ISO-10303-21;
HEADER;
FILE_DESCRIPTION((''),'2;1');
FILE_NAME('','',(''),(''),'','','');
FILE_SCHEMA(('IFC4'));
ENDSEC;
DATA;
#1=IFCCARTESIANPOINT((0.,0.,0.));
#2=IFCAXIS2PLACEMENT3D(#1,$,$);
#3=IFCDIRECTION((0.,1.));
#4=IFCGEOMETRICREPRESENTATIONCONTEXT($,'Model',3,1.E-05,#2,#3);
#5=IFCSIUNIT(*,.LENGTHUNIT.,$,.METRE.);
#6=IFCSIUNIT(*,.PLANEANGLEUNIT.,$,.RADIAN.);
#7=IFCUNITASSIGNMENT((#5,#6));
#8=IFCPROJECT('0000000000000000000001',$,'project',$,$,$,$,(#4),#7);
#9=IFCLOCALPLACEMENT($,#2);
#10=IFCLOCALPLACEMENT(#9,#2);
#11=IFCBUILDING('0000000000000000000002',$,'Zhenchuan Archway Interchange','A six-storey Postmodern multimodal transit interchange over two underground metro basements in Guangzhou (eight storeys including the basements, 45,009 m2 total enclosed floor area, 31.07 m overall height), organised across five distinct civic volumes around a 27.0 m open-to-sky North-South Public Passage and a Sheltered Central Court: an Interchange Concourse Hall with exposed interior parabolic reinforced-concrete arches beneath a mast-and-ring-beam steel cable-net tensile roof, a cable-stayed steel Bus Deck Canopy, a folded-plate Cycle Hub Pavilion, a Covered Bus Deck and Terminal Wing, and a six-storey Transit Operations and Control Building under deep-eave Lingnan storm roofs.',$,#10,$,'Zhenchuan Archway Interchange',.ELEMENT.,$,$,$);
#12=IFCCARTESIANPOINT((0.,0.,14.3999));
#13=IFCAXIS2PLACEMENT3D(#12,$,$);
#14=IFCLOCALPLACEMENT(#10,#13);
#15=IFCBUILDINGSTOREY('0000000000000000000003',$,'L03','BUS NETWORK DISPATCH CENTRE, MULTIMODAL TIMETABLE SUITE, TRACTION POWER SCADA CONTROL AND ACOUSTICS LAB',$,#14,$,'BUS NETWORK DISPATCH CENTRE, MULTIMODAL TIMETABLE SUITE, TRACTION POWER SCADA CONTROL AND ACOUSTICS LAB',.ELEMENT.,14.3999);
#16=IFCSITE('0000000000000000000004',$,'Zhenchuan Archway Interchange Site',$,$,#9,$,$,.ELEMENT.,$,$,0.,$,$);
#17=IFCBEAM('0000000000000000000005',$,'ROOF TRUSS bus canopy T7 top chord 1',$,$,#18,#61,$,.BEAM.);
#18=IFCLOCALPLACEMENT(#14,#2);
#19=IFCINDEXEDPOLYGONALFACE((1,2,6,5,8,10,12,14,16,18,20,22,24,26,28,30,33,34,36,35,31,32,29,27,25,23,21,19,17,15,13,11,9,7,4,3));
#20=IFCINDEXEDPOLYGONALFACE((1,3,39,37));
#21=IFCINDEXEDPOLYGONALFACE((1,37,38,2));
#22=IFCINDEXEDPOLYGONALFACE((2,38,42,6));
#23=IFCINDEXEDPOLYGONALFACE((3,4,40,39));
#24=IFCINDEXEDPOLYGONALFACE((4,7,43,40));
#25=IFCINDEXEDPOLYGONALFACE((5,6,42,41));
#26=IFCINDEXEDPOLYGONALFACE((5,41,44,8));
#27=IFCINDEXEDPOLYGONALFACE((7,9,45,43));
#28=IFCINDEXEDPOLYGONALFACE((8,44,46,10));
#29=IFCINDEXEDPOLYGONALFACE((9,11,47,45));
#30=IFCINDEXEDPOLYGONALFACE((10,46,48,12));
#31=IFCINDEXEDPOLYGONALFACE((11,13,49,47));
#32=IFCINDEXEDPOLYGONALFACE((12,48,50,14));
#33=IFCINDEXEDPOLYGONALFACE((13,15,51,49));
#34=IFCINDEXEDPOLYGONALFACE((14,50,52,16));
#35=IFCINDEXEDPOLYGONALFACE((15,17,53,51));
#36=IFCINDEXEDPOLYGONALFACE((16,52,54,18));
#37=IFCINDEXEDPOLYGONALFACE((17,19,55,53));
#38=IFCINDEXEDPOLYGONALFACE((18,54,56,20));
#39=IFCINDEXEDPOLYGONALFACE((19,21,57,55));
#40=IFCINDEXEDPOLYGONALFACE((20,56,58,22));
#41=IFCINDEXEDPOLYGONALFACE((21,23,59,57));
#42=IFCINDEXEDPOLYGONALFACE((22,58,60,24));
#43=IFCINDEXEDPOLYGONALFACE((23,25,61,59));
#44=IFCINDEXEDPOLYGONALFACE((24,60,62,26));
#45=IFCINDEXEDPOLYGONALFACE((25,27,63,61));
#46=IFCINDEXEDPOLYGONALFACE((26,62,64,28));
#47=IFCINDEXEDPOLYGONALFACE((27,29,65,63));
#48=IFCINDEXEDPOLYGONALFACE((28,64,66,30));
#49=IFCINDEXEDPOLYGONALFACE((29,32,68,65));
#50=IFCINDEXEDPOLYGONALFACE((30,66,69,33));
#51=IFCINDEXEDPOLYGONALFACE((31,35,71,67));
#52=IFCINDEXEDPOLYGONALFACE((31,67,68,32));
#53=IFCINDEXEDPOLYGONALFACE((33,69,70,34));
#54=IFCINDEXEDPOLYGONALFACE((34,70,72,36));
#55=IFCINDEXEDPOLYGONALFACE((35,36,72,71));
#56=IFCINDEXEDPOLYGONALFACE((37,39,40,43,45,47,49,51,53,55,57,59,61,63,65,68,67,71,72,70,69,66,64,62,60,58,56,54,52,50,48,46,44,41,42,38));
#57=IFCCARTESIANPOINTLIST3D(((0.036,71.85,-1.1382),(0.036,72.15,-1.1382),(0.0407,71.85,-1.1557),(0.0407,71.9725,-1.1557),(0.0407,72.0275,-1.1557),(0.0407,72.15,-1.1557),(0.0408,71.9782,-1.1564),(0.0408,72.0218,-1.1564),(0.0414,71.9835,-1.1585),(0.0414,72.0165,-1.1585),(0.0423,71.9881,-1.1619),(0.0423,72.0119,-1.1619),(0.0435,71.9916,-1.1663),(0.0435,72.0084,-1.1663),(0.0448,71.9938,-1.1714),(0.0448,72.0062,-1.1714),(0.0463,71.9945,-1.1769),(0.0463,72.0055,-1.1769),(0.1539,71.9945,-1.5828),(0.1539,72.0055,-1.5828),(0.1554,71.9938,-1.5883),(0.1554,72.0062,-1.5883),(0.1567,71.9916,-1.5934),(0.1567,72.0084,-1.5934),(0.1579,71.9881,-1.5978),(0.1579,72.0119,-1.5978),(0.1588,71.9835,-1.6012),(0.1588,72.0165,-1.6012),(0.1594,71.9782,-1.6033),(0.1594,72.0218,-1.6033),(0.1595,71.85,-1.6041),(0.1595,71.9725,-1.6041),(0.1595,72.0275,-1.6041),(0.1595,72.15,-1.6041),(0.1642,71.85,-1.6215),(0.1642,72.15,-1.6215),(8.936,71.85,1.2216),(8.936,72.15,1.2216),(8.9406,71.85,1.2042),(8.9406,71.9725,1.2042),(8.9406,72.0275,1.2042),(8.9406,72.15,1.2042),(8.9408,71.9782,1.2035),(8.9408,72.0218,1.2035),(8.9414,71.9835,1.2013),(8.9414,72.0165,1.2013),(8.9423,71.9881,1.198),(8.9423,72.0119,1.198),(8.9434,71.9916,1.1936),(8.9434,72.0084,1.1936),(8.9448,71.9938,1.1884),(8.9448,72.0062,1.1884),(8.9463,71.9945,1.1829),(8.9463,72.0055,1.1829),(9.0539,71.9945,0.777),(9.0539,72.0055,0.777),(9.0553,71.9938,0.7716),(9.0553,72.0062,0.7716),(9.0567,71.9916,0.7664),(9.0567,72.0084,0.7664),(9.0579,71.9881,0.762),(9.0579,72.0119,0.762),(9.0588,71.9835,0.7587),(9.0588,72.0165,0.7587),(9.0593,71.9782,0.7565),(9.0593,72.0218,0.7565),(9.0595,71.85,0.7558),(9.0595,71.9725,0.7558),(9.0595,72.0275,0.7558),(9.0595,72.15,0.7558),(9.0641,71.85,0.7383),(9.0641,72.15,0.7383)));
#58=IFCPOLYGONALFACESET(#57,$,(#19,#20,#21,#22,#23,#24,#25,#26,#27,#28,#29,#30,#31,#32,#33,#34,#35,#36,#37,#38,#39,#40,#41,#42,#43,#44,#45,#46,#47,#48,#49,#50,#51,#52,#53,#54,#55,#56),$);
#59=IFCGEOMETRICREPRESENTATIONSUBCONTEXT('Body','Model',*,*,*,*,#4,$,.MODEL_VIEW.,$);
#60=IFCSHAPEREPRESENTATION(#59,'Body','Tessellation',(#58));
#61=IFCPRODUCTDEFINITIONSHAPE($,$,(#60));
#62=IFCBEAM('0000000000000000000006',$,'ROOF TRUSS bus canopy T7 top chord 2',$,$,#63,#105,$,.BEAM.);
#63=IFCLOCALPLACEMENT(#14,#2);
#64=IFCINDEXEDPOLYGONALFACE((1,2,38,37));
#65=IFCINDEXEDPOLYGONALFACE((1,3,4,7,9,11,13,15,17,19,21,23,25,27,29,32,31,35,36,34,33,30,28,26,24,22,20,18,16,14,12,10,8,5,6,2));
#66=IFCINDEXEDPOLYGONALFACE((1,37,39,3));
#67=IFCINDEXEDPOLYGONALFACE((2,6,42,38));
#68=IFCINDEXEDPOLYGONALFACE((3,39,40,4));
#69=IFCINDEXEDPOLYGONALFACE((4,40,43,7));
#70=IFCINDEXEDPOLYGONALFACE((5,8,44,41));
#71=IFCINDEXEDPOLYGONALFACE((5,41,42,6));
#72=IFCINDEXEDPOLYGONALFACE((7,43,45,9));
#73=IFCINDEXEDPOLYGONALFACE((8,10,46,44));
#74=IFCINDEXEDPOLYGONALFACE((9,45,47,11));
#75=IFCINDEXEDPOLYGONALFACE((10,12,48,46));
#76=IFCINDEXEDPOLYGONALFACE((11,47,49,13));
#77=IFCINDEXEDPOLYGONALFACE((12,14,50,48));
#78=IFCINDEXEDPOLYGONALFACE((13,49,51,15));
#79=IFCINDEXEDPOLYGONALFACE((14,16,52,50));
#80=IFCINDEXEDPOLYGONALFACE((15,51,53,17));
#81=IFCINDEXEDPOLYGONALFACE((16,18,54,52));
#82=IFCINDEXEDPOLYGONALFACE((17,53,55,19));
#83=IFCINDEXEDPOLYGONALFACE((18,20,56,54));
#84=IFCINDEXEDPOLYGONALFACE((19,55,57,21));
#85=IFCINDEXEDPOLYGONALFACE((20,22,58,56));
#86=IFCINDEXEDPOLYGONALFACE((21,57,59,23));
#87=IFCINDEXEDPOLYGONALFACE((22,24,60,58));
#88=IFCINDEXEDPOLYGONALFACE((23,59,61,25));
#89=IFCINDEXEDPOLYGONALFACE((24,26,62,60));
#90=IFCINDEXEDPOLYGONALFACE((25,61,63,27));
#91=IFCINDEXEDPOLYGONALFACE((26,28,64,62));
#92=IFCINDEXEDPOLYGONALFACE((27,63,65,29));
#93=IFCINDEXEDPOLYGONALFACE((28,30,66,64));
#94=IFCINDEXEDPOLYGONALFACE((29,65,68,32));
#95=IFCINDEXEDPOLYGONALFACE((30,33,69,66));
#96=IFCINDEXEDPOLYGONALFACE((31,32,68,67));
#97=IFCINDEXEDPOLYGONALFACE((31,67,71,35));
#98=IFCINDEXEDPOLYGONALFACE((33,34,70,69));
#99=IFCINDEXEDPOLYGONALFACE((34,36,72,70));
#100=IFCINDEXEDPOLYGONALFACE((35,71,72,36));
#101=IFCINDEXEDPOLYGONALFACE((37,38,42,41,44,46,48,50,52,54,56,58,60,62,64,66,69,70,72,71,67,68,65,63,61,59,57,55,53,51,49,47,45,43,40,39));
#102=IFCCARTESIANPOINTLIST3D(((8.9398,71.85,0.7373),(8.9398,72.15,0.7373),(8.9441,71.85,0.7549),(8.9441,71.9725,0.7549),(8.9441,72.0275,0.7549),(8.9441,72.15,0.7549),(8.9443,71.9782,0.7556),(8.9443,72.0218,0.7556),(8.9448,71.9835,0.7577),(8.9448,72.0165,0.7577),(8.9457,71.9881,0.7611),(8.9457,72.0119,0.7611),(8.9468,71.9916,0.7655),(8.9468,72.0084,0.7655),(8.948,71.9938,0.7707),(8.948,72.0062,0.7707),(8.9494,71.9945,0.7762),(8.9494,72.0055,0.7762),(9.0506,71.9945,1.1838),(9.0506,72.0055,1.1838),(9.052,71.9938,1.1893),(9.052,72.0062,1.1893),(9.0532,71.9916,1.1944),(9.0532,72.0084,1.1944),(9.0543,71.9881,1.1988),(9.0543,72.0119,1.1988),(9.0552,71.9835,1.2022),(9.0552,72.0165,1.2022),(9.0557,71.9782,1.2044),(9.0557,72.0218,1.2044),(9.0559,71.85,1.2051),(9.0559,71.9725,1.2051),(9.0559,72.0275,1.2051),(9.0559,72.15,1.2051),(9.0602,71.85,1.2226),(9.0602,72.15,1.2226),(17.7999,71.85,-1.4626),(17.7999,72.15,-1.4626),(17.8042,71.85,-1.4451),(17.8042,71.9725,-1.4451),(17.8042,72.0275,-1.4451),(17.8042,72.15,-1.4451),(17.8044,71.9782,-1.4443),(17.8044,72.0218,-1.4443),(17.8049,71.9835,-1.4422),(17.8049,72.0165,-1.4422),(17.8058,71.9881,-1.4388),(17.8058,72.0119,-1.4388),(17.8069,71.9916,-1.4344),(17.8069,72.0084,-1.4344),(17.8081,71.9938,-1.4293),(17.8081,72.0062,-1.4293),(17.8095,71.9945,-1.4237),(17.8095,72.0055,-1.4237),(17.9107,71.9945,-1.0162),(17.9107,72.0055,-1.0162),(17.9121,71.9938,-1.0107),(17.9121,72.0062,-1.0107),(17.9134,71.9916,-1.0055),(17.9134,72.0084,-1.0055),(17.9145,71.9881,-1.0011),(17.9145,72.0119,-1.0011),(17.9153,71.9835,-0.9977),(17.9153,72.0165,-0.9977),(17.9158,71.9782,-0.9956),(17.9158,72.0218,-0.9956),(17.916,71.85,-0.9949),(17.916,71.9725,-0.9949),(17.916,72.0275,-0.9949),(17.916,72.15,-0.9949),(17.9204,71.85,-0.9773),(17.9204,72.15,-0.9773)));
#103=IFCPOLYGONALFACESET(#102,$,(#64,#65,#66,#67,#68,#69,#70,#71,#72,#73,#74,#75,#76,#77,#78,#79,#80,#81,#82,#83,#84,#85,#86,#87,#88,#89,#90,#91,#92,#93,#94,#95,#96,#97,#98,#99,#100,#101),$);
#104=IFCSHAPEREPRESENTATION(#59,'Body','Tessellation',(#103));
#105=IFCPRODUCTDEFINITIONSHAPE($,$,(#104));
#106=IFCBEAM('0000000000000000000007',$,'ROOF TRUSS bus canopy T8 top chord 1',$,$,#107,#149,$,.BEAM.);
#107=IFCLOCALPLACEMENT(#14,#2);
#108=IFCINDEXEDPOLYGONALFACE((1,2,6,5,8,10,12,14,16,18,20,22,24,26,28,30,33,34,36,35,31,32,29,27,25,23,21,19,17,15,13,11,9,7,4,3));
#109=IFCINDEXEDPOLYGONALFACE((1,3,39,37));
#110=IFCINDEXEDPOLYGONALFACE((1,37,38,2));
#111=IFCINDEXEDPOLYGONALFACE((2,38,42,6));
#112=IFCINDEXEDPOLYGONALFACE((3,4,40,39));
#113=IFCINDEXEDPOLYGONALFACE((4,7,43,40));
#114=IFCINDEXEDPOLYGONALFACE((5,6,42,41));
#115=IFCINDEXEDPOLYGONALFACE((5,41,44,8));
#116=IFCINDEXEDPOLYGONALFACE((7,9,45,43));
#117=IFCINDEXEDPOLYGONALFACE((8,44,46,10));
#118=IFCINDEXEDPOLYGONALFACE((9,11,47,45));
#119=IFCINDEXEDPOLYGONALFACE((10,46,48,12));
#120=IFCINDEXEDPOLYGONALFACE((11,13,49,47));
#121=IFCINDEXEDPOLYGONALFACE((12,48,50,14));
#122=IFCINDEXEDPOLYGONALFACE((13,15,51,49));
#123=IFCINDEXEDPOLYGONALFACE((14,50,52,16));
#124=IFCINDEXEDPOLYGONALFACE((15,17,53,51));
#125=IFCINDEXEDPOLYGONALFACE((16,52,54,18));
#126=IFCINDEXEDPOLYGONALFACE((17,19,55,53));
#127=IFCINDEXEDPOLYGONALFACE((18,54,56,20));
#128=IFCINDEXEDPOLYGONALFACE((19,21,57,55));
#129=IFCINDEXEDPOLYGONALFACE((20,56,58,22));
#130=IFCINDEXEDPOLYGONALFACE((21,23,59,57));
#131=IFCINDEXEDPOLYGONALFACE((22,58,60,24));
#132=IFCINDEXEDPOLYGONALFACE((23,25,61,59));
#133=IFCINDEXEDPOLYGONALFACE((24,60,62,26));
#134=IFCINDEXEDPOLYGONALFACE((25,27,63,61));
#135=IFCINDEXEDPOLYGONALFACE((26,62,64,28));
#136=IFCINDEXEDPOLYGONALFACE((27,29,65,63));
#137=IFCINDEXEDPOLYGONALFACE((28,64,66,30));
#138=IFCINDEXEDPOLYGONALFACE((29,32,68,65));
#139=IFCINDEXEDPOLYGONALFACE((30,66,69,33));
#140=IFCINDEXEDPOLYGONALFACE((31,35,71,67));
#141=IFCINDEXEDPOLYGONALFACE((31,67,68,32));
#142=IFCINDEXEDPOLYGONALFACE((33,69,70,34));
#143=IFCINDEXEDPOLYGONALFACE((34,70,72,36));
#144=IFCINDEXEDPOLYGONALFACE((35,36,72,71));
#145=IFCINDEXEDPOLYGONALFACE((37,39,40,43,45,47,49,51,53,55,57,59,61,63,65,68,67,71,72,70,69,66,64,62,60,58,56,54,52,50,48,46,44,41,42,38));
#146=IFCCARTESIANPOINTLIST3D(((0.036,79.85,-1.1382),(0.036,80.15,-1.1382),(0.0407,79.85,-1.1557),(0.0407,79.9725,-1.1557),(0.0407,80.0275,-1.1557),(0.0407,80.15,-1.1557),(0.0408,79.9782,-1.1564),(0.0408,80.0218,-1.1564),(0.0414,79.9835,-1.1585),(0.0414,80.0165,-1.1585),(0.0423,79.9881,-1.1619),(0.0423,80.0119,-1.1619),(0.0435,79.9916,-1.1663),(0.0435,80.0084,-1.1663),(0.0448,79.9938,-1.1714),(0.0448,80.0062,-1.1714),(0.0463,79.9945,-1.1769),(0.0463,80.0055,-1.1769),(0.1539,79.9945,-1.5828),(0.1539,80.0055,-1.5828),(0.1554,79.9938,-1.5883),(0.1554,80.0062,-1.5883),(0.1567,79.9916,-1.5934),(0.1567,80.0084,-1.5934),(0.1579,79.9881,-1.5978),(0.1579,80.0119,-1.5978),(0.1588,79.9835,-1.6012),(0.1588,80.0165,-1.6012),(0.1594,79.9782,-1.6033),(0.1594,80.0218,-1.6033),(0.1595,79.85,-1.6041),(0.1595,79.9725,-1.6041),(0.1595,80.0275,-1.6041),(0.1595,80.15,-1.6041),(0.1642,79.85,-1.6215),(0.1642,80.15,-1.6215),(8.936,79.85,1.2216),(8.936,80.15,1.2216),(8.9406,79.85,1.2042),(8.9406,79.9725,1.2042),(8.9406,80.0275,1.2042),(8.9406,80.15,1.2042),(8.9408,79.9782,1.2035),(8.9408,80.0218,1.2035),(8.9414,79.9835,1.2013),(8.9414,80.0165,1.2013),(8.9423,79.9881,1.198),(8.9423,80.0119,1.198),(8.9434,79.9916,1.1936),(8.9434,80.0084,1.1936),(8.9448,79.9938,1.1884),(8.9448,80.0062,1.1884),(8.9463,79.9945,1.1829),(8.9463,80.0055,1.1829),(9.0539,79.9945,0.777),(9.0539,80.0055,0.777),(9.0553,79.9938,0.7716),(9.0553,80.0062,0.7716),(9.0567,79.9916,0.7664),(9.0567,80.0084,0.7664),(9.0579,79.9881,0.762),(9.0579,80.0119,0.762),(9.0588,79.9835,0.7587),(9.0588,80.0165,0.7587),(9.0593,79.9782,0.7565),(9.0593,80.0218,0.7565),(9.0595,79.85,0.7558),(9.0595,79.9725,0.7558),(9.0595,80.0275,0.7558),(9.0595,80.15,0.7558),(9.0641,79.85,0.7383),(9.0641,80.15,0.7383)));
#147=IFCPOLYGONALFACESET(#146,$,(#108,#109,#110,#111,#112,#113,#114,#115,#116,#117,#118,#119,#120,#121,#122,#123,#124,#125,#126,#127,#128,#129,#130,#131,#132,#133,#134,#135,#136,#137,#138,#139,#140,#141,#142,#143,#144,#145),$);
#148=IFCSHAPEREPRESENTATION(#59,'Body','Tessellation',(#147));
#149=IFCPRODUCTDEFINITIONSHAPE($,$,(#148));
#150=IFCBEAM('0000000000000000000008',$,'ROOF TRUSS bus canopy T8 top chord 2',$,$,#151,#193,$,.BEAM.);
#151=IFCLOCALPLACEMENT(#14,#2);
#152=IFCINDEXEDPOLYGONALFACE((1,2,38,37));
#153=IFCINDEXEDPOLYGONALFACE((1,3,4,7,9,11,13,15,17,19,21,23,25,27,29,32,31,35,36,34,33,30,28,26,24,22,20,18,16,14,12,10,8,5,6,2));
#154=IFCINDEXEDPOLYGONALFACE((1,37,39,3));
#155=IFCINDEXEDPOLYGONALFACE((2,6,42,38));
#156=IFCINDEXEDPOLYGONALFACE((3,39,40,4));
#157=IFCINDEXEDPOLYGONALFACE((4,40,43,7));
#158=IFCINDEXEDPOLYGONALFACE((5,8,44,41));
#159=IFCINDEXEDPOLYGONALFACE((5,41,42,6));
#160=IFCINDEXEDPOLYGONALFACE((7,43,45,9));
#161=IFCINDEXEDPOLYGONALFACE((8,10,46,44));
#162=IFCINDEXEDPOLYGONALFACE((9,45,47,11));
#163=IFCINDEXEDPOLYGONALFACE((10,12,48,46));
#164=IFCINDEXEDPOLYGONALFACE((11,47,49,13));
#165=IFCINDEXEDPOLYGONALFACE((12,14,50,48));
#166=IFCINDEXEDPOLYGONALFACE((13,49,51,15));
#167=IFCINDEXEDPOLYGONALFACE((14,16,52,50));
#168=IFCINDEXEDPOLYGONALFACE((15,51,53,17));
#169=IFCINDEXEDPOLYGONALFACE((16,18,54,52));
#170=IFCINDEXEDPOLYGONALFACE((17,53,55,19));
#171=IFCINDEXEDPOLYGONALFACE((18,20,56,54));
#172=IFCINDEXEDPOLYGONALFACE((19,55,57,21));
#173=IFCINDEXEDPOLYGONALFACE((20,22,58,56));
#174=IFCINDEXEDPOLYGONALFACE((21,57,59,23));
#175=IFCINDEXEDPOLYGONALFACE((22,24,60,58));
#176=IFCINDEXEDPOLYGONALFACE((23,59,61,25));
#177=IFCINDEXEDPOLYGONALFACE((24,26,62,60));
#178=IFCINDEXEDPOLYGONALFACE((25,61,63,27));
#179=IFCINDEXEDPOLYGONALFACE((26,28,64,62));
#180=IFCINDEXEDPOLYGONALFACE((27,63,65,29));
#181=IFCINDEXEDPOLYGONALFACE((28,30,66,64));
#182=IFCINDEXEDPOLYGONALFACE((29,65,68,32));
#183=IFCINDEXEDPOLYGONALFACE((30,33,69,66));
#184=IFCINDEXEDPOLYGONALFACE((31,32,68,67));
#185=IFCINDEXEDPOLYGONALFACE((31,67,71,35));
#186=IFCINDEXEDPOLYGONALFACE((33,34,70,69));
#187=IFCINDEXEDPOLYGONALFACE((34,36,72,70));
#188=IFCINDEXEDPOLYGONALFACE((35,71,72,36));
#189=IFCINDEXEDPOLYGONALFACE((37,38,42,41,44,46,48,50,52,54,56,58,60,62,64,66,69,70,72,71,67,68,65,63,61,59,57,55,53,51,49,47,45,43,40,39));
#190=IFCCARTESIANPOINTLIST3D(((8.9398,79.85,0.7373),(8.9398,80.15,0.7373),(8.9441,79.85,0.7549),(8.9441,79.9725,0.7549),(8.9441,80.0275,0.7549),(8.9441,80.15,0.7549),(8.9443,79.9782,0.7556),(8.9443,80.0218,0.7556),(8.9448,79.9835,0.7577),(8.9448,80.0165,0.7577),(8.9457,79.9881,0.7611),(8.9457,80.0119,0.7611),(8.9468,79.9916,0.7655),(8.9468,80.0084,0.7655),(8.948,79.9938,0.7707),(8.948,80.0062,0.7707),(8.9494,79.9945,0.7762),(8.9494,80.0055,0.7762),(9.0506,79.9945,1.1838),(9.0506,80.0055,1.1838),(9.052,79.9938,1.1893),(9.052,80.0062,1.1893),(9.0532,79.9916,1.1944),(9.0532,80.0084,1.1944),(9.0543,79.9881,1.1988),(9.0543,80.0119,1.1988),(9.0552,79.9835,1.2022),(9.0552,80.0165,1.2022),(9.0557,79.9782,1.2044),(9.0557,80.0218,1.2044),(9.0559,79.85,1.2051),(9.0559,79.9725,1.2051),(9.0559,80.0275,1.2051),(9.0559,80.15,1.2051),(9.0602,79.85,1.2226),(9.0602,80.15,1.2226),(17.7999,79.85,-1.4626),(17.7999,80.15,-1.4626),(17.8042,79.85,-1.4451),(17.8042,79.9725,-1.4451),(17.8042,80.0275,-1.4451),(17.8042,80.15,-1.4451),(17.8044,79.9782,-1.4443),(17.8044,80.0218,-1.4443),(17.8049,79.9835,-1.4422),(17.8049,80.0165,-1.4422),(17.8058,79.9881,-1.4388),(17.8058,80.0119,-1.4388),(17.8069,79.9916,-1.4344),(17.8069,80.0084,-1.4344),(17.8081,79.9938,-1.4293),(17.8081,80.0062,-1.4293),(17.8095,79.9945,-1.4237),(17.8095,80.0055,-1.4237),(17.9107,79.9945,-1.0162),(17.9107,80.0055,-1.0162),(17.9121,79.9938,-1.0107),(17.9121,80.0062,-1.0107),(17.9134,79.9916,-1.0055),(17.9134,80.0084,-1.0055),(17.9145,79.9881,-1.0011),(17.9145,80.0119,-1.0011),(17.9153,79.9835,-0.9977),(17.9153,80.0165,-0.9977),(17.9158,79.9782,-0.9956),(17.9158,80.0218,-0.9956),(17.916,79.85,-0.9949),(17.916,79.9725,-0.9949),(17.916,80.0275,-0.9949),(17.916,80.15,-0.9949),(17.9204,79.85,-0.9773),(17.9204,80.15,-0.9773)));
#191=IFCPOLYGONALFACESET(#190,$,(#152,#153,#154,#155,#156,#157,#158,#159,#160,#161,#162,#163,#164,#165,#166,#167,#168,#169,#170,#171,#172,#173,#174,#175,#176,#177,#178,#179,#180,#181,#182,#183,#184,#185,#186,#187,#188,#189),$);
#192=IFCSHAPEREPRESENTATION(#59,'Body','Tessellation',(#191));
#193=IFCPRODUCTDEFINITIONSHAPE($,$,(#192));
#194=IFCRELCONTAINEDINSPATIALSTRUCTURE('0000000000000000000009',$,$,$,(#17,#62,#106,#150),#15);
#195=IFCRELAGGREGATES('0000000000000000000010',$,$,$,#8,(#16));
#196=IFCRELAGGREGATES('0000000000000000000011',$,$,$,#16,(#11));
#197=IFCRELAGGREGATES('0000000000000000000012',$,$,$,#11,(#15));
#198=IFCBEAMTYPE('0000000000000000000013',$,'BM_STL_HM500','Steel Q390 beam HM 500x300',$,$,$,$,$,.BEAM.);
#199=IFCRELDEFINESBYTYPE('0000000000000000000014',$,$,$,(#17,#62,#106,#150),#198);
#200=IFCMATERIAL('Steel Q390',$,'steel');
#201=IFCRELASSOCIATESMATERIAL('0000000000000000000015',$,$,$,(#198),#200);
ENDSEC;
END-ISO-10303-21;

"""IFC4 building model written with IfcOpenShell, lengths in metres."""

from ifc_helpers import new_model, si_unit, direction, frame, origin, origin_2d, place, context, subcontext, project, spatial, i_section, extrude, material, material_profile, profile_set, type_object, element, save


model = new_model("IFC4")

# Units and contexts
model_context = context("Model", 3, precision=1e-05, world=origin(), true_north=direction((0.0, 1.0)))
body_context = subcontext(model_context, "Body", "Model", "MODEL_VIEW")
ifc_project = project(units=[si_unit("LENGTHUNIT", "METRE"), si_unit("PLANEANGLEUNIT", "RADIAN")], contexts=[model_context])

# Site, building, storey
site_placement = place(None, origin())
site = spatial("IfcSite", under=ifc_project, at=site_placement, Name="Zhenchuan Archway Interchange Site", CompositionType="ELEMENT", RefElevation=0.0)
building_placement = place(site_placement, origin())
building = spatial("IfcBuilding", under=site, at=building_placement, Name="Zhenchuan Archway Interchange", Description="A six-storey Postmodern multimodal transit interchange over two underground metro basements in Guangzhou (eight storeys including the basements, 45,009 m2 total enclosed floor area, 31.07 m overall height), organised across five distinct civic volumes around a 27.0 m open-to-sky North-South Public Passage and a Sheltered Central Court: an Interchange Concourse Hall with exposed interior parabolic reinforced-concrete arches beneath a mast-and-ring-beam steel cable-net tensile roof, a cable-stayed steel Bus Deck Canopy, a folded-plate Cycle Hub Pavilion, a Covered Bus Deck and Terminal Wing, and a six-storey Transit Operations and Control Building under deep-eave Lingnan storm roofs.", LongName="Zhenchuan Archway Interchange", CompositionType="ELEMENT")
storey_placement = place(building_placement, frame((0.0, 0.0, 14.3999)))
storey = spatial("IfcBuildingStorey", under=building, at=storey_placement, Name="L03", Description="BUS NETWORK DISPATCH CENTRE, MULTIMODAL TIMETABLE SUITE, TRACTION POWER SCADA CONTROL AND ACOUSTICS LAB", LongName="BUS NETWORK DISPATCH CENTRE, MULTIMODAL TIMETABLE SUITE, TRACTION POWER SCADA CONTROL AND ACOUSTICS LAB", CompositionType="ELEMENT", Elevation=14.3999)

# Shared definitions
ifc_material_1 = material(Name="Steel Q390", Category="steel")

# Beams
ifc_material_profile_1 = material_profile(ifc_material_1, i_section(OverallWidth=0.3, OverallDepth=0.5, WebThickness=0.011, FlangeThickness=0.0181, FilletRadius=0.022, at=origin_2d()), Name="HM 500x300")
ifc_profile_set_1 = profile_set([ifc_material_profile_1], Name="Steel Q390")
beam_type_1 = type_object("IfcBeamType", Name="BM_STL_HM500", Description="Steel Q390 beam HM 500x300", PredefinedType="BEAM", material=ifc_profile_set_1)
beam_1_placement = place(storey_placement, frame((0.1001, 72.0, -1.3799), z_axis=(0.966597, 0.0, 0.256299), x_axis=(0.0, 1.0, 0.0)))
element("IfcBeam", 1, at=beam_1_placement, inside=storey, type_object=beam_type_1, Name="ROOF TRUSS bus canopy T7 top chord 1", PredefinedType="BEAM", context=body_context, shape_type="SweptSolid", body=[
    extrude(i_section(OverallWidth=0.3, OverallDepth=0.5, WebThickness=0.011, FlangeThickness=0.0181, FilletRadius=0.022, at=origin_2d()), origin(), (0.0, 0.0, 1.0), 9.2075),
])
beam_2_placement = place(storey_placement, frame((9.0, 72.0, 0.98), z_axis=(0.97053, 0.0, -0.240981), x_axis=(0.0, 1.0, 0.0)))
element("IfcBeam", 2, at=beam_2_placement, inside=storey, type_object=beam_type_1, Name="ROOF TRUSS bus canopy T7 top chord 2", PredefinedType="BEAM", context=body_context, shape_type="SweptSolid", body=[
    extrude(i_section(OverallWidth=0.3, OverallDepth=0.5, WebThickness=0.011, FlangeThickness=0.0181, FilletRadius=0.022, at=origin_2d()), origin(), (0.0, 0.0, 1.0), 9.1292),
])
beam_3_placement = place(storey_placement, frame((0.1001, 80.0, -1.3799), z_axis=(0.966597, 0.0, 0.256299), x_axis=(0.0, 1.0, 0.0)))
element("IfcBeam", 3, at=beam_3_placement, inside=storey, type_object=beam_type_1, Name="ROOF TRUSS bus canopy T8 top chord 1", PredefinedType="BEAM", context=body_context, shape_type="SweptSolid", body=[
    extrude(i_section(OverallWidth=0.3, OverallDepth=0.5, WebThickness=0.011, FlangeThickness=0.0181, FilletRadius=0.022, at=origin_2d()), origin(), (0.0, 0.0, 1.0), 9.2075),
])
beam_4_placement = place(storey_placement, frame((9.0, 80.0, 0.98), z_axis=(0.97053, 0.0, -0.240981), x_axis=(0.0, 1.0, 0.0)))
element("IfcBeam", 4, at=beam_4_placement, inside=storey, type_object=beam_type_1, Name="ROOF TRUSS bus canopy T8 top chord 2", PredefinedType="BEAM", context=body_context, shape_type="SweptSolid", body=[
    extrude(i_section(OverallWidth=0.3, OverallDepth=0.5, WebThickness=0.011, FlangeThickness=0.0181, FilletRadius=0.022, at=origin_2d()), origin(), (0.0, 0.0, 1.0), 9.1292),
])

save(model, "model.ifc")
